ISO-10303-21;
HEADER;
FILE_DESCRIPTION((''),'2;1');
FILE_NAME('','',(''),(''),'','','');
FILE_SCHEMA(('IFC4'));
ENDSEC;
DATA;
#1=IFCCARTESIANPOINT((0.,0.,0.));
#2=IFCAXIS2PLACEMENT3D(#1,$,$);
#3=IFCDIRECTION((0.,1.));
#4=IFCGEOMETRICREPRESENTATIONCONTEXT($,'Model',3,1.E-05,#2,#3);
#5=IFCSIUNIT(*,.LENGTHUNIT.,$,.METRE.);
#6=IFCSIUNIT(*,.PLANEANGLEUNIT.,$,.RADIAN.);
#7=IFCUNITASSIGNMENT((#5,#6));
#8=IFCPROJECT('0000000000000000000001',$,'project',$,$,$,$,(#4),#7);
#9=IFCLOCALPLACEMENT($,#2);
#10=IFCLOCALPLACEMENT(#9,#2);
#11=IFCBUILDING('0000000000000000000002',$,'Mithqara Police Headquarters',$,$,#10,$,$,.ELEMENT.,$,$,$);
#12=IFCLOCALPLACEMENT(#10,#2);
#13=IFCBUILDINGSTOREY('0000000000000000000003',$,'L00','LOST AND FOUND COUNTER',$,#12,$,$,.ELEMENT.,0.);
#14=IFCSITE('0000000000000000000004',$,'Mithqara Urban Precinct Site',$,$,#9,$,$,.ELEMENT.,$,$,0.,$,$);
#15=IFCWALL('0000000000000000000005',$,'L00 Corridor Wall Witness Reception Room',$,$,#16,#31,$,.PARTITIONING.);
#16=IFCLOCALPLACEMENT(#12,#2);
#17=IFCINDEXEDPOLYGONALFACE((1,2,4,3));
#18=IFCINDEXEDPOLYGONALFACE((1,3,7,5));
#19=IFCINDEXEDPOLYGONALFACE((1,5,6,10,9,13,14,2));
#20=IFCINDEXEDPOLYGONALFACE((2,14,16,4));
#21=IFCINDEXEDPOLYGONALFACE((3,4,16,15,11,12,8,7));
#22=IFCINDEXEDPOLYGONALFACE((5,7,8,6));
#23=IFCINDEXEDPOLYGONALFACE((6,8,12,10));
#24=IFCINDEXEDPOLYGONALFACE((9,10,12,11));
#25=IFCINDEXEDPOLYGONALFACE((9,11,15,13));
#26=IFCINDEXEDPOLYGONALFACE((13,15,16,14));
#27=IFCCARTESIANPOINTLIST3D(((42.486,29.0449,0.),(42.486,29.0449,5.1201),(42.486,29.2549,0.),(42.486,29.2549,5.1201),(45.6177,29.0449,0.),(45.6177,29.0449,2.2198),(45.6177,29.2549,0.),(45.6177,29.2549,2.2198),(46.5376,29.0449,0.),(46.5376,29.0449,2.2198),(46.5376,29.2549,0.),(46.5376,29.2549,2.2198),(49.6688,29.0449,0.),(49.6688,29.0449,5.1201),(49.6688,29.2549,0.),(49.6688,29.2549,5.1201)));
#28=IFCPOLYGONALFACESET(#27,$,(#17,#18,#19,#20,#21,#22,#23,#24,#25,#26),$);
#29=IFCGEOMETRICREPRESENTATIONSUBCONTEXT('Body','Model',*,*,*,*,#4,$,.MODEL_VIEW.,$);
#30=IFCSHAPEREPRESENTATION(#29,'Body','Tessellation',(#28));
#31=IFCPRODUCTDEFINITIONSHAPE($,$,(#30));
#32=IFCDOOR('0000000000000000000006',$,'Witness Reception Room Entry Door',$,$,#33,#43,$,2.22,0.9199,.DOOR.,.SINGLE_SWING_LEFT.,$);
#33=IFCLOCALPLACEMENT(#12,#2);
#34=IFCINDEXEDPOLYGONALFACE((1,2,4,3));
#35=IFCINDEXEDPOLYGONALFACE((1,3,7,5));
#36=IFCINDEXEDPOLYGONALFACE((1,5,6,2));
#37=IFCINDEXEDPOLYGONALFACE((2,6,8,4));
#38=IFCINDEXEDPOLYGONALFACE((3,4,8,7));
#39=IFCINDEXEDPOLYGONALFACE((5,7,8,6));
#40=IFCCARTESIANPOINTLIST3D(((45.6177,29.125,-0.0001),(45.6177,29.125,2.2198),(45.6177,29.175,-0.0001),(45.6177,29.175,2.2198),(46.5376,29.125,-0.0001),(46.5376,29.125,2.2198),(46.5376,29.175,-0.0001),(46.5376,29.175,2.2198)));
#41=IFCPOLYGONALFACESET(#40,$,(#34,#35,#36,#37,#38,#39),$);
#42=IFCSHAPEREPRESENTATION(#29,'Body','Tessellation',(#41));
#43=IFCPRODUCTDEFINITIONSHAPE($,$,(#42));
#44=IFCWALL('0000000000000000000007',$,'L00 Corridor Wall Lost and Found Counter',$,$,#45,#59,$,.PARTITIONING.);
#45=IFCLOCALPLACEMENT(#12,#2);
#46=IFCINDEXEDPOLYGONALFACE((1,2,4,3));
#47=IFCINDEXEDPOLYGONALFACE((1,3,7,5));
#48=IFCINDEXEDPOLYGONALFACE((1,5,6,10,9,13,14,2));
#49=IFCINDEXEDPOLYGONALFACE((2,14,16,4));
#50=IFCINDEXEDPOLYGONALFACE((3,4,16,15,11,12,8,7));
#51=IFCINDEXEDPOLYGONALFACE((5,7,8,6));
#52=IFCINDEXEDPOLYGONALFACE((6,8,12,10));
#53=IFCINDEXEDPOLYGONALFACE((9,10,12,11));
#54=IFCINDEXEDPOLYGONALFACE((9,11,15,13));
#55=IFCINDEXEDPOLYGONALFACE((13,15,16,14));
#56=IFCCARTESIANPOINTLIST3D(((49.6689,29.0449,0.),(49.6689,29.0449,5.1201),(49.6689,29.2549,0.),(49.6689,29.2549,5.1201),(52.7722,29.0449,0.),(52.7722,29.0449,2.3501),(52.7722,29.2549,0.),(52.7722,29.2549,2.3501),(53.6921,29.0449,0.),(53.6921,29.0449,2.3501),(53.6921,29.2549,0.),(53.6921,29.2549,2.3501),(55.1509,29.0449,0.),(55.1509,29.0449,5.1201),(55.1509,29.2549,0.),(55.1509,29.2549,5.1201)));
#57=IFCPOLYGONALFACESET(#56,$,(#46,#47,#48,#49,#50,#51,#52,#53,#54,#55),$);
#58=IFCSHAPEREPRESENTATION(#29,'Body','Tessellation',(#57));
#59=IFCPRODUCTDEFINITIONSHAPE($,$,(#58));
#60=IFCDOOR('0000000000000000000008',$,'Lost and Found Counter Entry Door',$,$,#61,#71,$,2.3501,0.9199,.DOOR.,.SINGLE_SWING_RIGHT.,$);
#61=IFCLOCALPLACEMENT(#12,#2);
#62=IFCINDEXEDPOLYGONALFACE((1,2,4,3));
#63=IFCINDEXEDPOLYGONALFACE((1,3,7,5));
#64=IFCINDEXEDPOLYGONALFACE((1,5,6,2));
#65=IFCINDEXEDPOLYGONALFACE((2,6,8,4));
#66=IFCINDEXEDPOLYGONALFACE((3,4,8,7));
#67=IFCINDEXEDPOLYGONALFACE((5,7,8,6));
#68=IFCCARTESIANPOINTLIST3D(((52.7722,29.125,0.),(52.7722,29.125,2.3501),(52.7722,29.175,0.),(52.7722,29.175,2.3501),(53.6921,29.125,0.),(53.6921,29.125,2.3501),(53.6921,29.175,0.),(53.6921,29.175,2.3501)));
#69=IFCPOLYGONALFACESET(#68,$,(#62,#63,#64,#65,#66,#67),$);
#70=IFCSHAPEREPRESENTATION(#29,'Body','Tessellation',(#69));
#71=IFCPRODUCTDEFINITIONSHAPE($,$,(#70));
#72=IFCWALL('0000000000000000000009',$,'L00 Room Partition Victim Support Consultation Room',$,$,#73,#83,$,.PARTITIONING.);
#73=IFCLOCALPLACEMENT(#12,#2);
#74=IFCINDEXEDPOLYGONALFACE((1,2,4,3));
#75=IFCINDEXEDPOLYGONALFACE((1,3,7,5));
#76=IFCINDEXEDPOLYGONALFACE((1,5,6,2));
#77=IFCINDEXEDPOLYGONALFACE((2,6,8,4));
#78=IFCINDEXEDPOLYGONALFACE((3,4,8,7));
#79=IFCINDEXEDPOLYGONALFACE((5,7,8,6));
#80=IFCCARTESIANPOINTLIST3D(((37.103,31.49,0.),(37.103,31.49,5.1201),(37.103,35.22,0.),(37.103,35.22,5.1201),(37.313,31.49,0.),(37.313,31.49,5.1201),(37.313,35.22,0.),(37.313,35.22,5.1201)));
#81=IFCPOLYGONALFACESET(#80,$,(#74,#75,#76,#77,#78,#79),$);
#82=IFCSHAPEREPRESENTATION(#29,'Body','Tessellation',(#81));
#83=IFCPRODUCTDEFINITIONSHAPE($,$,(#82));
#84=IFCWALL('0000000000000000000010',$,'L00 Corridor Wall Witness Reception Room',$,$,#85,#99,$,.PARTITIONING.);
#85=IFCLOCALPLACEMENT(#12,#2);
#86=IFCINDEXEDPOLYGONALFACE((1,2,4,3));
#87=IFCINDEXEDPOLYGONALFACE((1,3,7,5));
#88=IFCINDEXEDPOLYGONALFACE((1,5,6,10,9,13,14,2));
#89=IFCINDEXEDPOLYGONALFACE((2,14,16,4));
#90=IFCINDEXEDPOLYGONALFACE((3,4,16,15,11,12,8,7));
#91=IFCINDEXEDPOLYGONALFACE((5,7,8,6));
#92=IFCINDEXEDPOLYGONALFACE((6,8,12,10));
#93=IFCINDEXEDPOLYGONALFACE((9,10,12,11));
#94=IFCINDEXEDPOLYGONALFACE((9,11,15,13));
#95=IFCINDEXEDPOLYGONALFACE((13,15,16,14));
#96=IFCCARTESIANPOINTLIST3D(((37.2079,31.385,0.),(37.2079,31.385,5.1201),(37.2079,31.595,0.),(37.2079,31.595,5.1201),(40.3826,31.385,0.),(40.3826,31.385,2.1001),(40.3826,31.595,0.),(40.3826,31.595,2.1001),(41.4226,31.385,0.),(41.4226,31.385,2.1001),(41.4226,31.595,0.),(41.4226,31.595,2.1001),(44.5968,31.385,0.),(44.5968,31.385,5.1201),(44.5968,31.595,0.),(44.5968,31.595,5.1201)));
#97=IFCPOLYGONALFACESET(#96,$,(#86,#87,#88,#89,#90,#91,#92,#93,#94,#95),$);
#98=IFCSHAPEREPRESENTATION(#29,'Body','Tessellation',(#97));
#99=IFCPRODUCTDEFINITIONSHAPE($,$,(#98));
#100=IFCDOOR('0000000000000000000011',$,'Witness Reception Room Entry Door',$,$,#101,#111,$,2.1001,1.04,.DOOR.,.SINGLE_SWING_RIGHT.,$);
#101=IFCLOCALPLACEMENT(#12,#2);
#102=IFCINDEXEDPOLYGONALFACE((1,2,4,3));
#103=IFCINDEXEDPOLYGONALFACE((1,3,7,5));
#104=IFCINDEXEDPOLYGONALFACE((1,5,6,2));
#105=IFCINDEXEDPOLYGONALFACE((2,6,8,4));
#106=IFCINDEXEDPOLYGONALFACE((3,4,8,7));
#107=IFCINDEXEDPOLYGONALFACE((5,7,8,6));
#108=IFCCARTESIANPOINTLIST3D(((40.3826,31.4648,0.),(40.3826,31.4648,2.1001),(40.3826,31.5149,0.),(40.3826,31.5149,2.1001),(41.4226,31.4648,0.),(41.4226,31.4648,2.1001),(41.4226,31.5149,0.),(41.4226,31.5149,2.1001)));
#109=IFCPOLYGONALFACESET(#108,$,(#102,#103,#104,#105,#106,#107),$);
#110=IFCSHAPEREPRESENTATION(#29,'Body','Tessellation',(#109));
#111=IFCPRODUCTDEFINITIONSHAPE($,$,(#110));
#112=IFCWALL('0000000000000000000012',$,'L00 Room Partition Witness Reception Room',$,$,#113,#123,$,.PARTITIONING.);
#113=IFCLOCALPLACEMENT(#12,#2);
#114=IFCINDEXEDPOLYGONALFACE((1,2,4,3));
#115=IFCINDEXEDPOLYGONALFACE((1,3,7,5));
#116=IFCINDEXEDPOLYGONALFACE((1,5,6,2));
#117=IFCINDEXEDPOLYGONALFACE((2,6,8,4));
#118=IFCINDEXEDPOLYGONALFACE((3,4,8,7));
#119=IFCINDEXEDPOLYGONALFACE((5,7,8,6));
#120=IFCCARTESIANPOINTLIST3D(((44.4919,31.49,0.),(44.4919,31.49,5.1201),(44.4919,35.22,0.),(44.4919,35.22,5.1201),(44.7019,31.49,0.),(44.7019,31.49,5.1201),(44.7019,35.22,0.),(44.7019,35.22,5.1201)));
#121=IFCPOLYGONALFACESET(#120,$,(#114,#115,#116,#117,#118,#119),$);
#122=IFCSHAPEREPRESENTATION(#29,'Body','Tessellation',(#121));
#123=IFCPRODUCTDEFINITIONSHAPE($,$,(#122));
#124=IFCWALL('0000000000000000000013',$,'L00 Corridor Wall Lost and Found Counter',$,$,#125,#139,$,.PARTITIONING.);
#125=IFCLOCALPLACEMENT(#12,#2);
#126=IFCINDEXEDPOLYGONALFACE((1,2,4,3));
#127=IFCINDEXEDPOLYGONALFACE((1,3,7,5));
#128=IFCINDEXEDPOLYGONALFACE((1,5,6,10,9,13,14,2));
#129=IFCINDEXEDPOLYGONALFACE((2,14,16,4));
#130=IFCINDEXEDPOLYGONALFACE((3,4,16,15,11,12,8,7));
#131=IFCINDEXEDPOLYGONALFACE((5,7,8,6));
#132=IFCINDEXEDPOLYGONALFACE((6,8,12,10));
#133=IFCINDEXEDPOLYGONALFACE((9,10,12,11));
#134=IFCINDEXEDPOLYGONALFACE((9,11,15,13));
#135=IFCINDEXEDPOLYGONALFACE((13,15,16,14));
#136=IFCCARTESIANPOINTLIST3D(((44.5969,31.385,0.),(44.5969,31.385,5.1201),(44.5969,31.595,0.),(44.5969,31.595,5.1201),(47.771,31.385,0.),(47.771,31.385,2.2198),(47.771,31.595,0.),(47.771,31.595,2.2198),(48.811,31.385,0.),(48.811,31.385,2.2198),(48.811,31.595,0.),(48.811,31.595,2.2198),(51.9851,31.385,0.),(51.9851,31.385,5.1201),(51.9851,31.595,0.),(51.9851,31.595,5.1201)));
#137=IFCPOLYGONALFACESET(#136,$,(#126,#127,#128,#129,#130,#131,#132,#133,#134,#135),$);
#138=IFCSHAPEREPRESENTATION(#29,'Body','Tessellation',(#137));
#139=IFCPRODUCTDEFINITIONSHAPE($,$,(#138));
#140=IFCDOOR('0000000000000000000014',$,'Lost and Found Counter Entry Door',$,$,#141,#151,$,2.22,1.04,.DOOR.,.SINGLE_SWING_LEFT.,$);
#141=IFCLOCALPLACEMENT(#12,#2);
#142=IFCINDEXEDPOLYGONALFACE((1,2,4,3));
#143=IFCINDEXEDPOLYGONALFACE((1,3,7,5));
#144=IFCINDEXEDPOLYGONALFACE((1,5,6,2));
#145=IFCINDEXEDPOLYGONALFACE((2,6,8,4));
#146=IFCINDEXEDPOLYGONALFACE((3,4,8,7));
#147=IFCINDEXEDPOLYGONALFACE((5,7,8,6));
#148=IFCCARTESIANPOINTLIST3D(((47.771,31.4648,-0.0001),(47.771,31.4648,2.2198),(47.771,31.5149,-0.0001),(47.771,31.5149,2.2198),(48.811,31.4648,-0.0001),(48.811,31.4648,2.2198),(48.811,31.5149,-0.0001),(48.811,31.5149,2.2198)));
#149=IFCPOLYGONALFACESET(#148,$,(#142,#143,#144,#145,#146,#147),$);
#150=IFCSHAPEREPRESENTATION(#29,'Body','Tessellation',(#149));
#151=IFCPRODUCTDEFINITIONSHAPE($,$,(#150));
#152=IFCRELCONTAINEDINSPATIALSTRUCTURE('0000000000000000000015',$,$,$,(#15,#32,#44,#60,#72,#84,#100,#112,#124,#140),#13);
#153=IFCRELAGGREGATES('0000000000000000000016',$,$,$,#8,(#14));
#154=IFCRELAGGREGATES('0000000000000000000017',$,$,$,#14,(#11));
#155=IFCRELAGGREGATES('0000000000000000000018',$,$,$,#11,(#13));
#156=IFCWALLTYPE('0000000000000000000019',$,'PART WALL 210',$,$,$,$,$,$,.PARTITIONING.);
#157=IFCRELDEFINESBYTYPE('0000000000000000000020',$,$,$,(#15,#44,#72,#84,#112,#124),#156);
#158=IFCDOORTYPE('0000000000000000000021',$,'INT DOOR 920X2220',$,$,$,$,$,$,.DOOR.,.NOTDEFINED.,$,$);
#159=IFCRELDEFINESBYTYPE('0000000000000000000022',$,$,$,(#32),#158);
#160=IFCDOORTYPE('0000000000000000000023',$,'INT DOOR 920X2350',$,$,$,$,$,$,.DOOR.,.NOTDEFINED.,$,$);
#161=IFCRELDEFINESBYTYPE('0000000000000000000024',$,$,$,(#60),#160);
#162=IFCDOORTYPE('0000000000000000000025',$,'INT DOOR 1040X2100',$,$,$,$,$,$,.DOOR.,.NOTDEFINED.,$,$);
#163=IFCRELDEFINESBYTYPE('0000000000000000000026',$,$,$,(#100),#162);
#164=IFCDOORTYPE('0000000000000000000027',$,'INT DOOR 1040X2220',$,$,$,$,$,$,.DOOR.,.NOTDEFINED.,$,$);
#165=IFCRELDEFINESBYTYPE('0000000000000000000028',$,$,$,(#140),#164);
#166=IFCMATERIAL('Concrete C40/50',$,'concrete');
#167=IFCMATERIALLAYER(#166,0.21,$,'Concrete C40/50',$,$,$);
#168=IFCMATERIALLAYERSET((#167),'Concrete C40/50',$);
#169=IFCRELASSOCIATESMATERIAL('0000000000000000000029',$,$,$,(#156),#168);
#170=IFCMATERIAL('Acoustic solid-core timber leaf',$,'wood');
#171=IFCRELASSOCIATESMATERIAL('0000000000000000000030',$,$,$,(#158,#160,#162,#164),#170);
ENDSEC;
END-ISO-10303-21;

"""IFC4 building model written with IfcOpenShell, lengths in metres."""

from ifc_helpers import new_model, si_unit, direction, frame, frame_2d, origin, place, context, subcontext, project, spatial, rectangle, extrude, material, layer, layer_set, type_object, element, fill, save


model = new_model("IFC4")

# Units and contexts
model_context = context("Model", 3, precision=1e-05, world=origin(), true_north=direction((0.0, 1.0)))
body_context = subcontext(model_context, "Body", "Model", "MODEL_VIEW")
ifc_project = project(units=[si_unit("LENGTHUNIT", "METRE"), si_unit("PLANEANGLEUNIT", "RADIAN")], contexts=[model_context])

# Site, building, storey
site_placement = place(None, origin())
site = spatial("IfcSite", under=ifc_project, at=site_placement, Name="Mithqara Urban Precinct Site", CompositionType="ELEMENT", RefElevation=0.0)
building_placement = place(site_placement, origin())
building = spatial("IfcBuilding", under=site, at=building_placement, Name="Mithqara Police Headquarters", CompositionType="ELEMENT")
storey_placement = place(building_placement, origin())
storey = spatial("IfcBuildingStorey", under=building, at=storey_placement, Name="L00", Description="LOST AND FOUND COUNTER", CompositionType="ELEMENT", Elevation=0.0)

# Shared definitions
ifc_material_1 = material(Name="Concrete C40/50", Category="concrete")

# Walls, openings, doors
ifc_layer = layer(ifc_material_1, 0.21, Name="Concrete C40/50")
ifc_layer_set = layer_set([ifc_layer], Name="Concrete C40/50")
wall_type = type_object("IfcWallType", Name="PART WALL 210", PredefinedType="PARTITIONING", material=ifc_layer_set)
wall_1_placement = place(storey_placement, frame((42.4861, 29.1499, 0.0), z_axis=(0.0, 0.0, 1.0), x_axis=(1.0, 0.0, 0.0)))
wall_1 = element("IfcWall", 1, at=wall_1_placement, inside=storey, type_object=wall_type, Name="L00 Corridor Wall Witness Reception Room", PredefinedType="PARTITIONING", context=body_context, shape_type="SweptSolid", body=[
    extrude(rectangle(XDim=7.1829, YDim=0.21, at=frame_2d((3.5913, 0.0))), origin(), (0.0, 0.0, 1.0), 5.1201),
])
opening_1_placement = place(wall_1_placement, frame((3.1316, 0.0, 0.0)))
opening_1 = element("IfcOpeningElement", 2, at=opening_1_placement, cuts=wall_1, PredefinedType="OPENING", context=body_context, shape_type="SweptSolid", body=[
    extrude(rectangle(XDim=0.9199, YDim=2.22, at=frame_2d((0.46, 1.1099))), frame((0.0, 0.115, 0.0), z_axis=(0.0, -1.0, 0.0), x_axis=(1.0, 0.0, 0.0)), (0.0, 0.0, 1.0), 0.23),
])
ifc_material_2 = material(Name="Acoustic solid-core timber leaf", Category="wood")
door_type_1 = type_object("IfcDoorType", Name="INT DOOR 920X2220", OperationType="NOTDEFINED", PredefinedType="DOOR", material=ifc_material_2)
door_1_placement = place(opening_1_placement, frame((0.9199, 0.0, 0.0), z_axis=(0.0, 0.0, 1.0), x_axis=(-1.0, 0.0, 0.0)))
door_1 = element("IfcDoor", 3, at=door_1_placement, inside=storey, type_object=door_type_1, Name="Witness Reception Room Entry Door", OperationType="SINGLE_SWING_LEFT", OverallHeight=2.22, OverallWidth=0.9199, PredefinedType="DOOR", context=body_context, shape_type="SweptSolid", body=[
    extrude(rectangle(XDim=0.9199, YDim=2.22, at=frame_2d((0.46, 1.1099))), frame((0.0, 0.0249, 0.0), z_axis=(0.0, -1.0, 0.0), x_axis=(1.0, 0.0, 0.0)), (0.0, 0.0, 1.0), 0.05),
])
fill(opening_1, door_1)
wall_2_placement = place(storey_placement, frame((49.6689, 29.1499, 0.0), z_axis=(0.0, 0.0, 1.0), x_axis=(1.0, 0.0, 0.0)))
wall_2 = element("IfcWall", 4, at=wall_2_placement, inside=storey, type_object=wall_type, Name="L00 Corridor Wall Lost and Found Counter", PredefinedType="PARTITIONING", context=body_context, shape_type="SweptSolid", body=[
    extrude(rectangle(XDim=5.4819, YDim=0.21, at=frame_2d((2.741, 0.0))), origin(), (0.0, 0.0, 1.0), 5.1201),
])
opening_2_placement = place(wall_2_placement, frame((3.1033, 0.0, 0.0)))
opening_2 = element("IfcOpeningElement", 5, at=opening_2_placement, cuts=wall_2, PredefinedType="OPENING", context=body_context, shape_type="SweptSolid", body=[
    extrude(rectangle(XDim=0.9199, YDim=2.3501, at=frame_2d((0.46, 1.175))), frame((0.0, 0.115, 0.0), z_axis=(0.0, -1.0, 0.0), x_axis=(1.0, 0.0, 0.0)), (0.0, 0.0, 1.0), 0.23),
])
door_type_2 = type_object("IfcDoorType", Name="INT DOOR 920X2350", OperationType="NOTDEFINED", PredefinedType="DOOR", material=ifc_material_2)
door_2_placement = place(opening_2_placement, frame((0.9199, 0.0, 0.0), z_axis=(0.0, 0.0, 1.0), x_axis=(-1.0, 0.0, 0.0)))
door_2 = element("IfcDoor", 6, at=door_2_placement, inside=storey, type_object=door_type_2, Name="Lost and Found Counter Entry Door", OperationType="SINGLE_SWING_RIGHT", OverallHeight=2.3501, OverallWidth=0.9199, PredefinedType="DOOR", context=body_context, shape_type="SweptSolid", body=[
    extrude(rectangle(XDim=0.9199, YDim=2.3501, at=frame_2d((0.46, 1.175))), frame((0.0, 0.0249, 0.0), z_axis=(0.0, -1.0, 0.0), x_axis=(1.0, 0.0, 0.0)), (0.0, 0.0, 1.0), 0.05),
])
fill(opening_2, door_2)

# Wall
wall_3_placement = place(storey_placement, frame((37.208, 31.49, 0.0), z_axis=(0.0, 0.0, 1.0), x_axis=(0.0, 1.0, 0.0)))
element("IfcWall", 7, at=wall_3_placement, inside=storey, type_object=wall_type, Name="L00 Room Partition Victim Support Consultation Room", PredefinedType="PARTITIONING", context=body_context, shape_type="SweptSolid", body=[
    extrude(rectangle(XDim=3.73, YDim=0.21, at=frame_2d((1.865, 0.0))), origin(), (0.0, 0.0, 1.0), 5.1201),
])

# Wall, opening, door
wall_4_placement = place(storey_placement, frame((37.208, 31.49, 0.0), z_axis=(0.0, 0.0, 1.0), x_axis=(1.0, 0.0, 0.0)))
wall_4 = element("IfcWall", 8, at=wall_4_placement, inside=storey, type_object=wall_type, Name="L00 Corridor Wall Witness Reception Room", PredefinedType="PARTITIONING", context=body_context, shape_type="SweptSolid", body=[
    extrude(rectangle(XDim=7.3889, YDim=0.21, at=frame_2d((3.6943, 0.0))), origin(), (0.0, 0.0, 1.0), 5.1201),
])
opening_3_placement = place(wall_4_placement, frame((3.1746, 0.0, 0.0)))
opening_3 = element("IfcOpeningElement", 9, at=opening_3_placement, cuts=wall_4, PredefinedType="OPENING", context=body_context, shape_type="SweptSolid", body=[
    extrude(rectangle(XDim=1.04, YDim=2.1001, at=frame_2d((0.52, 1.05))), frame((0.0, 0.115, 0.0), z_axis=(0.0, -1.0, 0.0), x_axis=(1.0, 0.0, 0.0)), (0.0, 0.0, 1.0), 0.23),
])
door_type_3 = type_object("IfcDoorType", Name="INT DOOR 1040X2100", OperationType="NOTDEFINED", PredefinedType="DOOR", material=ifc_material_2)
door_3_placement = place(opening_3_placement, origin())
door_3 = element("IfcDoor", 10, at=door_3_placement, inside=storey, type_object=door_type_3, Name="Witness Reception Room Entry Door", OperationType="SINGLE_SWING_RIGHT", OverallHeight=2.1001, OverallWidth=1.04, PredefinedType="DOOR", context=body_context, shape_type="SweptSolid", body=[
    extrude(rectangle(XDim=1.04, YDim=2.1001, at=frame_2d((0.52, 1.05))), frame((0.0, 0.0249, 0.0), z_axis=(0.0, -1.0, 0.0), x_axis=(1.0, 0.0, 0.0)), (0.0, 0.0, 1.0), 0.05),
])
fill(opening_3, door_3)

# Wall
wall_5_placement = place(storey_placement, frame((44.5969, 31.49, 0.0), z_axis=(0.0, 0.0, 1.0), x_axis=(0.0, 1.0, 0.0)))
element("IfcWall", 11, at=wall_5_placement, inside=storey, type_object=wall_type, Name="L00 Room Partition Witness Reception Room", PredefinedType="PARTITIONING", context=body_context, shape_type="SweptSolid", body=[
    extrude(rectangle(XDim=3.73, YDim=0.21, at=frame_2d((1.865, 0.0))), origin(), (0.0, 0.0, 1.0), 5.1201),
])

# Wall, opening, door
wall_6_placement = place(storey_placement, frame((44.5969, 31.49, 0.0), z_axis=(0.0, 0.0, 1.0), x_axis=(1.0, 0.0, 0.0)))
wall_6 = element("IfcWall", 12, at=wall_6_placement, inside=storey, type_object=wall_type, Name="L00 Corridor Wall Lost and Found Counter", PredefinedType="PARTITIONING", context=body_context, shape_type="SweptSolid", body=[
    extrude(rectangle(XDim=7.3882, YDim=0.21, at=frame_2d((3.6941, 0.0))), origin(), (0.0, 0.0, 1.0), 5.1201),
])
opening_4_placement = place(wall_6_placement, frame((3.1741, 0.0, 0.0)))
opening_4 = element("IfcOpeningElement", 13, at=opening_4_placement, cuts=wall_6, PredefinedType="OPENING", context=body_context, shape_type="SweptSolid", body=[
    extrude(rectangle(XDim=1.04, YDim=2.22, at=frame_2d((0.52, 1.1099))), frame((0.0, 0.115, 0.0), z_axis=(0.0, -1.0, 0.0), x_axis=(1.0, 0.0, 0.0)), (0.0, 0.0, 1.0), 0.23),
])
door_type_4 = type_object("IfcDoorType", Name="INT DOOR 1040X2220", OperationType="NOTDEFINED", PredefinedType="DOOR", material=ifc_material_2)
door_4_placement = place(opening_4_placement, origin())
door_4 = element("IfcDoor", 14, at=door_4_placement, inside=storey, type_object=door_type_4, Name="Lost and Found Counter Entry Door", OperationType="SINGLE_SWING_LEFT", OverallHeight=2.22, OverallWidth=1.04, PredefinedType="DOOR", context=body_context, shape_type="SweptSolid", body=[
    extrude(rectangle(XDim=1.04, YDim=2.22, at=frame_2d((0.52, 1.1099))), frame((0.0, 0.0249, 0.0), z_axis=(0.0, -1.0, 0.0), x_axis=(1.0, 0.0, 0.0)), (0.0, 0.0, 1.0), 0.05),
])
fill(opening_4, door_4)

save(model, "model.ifc")
